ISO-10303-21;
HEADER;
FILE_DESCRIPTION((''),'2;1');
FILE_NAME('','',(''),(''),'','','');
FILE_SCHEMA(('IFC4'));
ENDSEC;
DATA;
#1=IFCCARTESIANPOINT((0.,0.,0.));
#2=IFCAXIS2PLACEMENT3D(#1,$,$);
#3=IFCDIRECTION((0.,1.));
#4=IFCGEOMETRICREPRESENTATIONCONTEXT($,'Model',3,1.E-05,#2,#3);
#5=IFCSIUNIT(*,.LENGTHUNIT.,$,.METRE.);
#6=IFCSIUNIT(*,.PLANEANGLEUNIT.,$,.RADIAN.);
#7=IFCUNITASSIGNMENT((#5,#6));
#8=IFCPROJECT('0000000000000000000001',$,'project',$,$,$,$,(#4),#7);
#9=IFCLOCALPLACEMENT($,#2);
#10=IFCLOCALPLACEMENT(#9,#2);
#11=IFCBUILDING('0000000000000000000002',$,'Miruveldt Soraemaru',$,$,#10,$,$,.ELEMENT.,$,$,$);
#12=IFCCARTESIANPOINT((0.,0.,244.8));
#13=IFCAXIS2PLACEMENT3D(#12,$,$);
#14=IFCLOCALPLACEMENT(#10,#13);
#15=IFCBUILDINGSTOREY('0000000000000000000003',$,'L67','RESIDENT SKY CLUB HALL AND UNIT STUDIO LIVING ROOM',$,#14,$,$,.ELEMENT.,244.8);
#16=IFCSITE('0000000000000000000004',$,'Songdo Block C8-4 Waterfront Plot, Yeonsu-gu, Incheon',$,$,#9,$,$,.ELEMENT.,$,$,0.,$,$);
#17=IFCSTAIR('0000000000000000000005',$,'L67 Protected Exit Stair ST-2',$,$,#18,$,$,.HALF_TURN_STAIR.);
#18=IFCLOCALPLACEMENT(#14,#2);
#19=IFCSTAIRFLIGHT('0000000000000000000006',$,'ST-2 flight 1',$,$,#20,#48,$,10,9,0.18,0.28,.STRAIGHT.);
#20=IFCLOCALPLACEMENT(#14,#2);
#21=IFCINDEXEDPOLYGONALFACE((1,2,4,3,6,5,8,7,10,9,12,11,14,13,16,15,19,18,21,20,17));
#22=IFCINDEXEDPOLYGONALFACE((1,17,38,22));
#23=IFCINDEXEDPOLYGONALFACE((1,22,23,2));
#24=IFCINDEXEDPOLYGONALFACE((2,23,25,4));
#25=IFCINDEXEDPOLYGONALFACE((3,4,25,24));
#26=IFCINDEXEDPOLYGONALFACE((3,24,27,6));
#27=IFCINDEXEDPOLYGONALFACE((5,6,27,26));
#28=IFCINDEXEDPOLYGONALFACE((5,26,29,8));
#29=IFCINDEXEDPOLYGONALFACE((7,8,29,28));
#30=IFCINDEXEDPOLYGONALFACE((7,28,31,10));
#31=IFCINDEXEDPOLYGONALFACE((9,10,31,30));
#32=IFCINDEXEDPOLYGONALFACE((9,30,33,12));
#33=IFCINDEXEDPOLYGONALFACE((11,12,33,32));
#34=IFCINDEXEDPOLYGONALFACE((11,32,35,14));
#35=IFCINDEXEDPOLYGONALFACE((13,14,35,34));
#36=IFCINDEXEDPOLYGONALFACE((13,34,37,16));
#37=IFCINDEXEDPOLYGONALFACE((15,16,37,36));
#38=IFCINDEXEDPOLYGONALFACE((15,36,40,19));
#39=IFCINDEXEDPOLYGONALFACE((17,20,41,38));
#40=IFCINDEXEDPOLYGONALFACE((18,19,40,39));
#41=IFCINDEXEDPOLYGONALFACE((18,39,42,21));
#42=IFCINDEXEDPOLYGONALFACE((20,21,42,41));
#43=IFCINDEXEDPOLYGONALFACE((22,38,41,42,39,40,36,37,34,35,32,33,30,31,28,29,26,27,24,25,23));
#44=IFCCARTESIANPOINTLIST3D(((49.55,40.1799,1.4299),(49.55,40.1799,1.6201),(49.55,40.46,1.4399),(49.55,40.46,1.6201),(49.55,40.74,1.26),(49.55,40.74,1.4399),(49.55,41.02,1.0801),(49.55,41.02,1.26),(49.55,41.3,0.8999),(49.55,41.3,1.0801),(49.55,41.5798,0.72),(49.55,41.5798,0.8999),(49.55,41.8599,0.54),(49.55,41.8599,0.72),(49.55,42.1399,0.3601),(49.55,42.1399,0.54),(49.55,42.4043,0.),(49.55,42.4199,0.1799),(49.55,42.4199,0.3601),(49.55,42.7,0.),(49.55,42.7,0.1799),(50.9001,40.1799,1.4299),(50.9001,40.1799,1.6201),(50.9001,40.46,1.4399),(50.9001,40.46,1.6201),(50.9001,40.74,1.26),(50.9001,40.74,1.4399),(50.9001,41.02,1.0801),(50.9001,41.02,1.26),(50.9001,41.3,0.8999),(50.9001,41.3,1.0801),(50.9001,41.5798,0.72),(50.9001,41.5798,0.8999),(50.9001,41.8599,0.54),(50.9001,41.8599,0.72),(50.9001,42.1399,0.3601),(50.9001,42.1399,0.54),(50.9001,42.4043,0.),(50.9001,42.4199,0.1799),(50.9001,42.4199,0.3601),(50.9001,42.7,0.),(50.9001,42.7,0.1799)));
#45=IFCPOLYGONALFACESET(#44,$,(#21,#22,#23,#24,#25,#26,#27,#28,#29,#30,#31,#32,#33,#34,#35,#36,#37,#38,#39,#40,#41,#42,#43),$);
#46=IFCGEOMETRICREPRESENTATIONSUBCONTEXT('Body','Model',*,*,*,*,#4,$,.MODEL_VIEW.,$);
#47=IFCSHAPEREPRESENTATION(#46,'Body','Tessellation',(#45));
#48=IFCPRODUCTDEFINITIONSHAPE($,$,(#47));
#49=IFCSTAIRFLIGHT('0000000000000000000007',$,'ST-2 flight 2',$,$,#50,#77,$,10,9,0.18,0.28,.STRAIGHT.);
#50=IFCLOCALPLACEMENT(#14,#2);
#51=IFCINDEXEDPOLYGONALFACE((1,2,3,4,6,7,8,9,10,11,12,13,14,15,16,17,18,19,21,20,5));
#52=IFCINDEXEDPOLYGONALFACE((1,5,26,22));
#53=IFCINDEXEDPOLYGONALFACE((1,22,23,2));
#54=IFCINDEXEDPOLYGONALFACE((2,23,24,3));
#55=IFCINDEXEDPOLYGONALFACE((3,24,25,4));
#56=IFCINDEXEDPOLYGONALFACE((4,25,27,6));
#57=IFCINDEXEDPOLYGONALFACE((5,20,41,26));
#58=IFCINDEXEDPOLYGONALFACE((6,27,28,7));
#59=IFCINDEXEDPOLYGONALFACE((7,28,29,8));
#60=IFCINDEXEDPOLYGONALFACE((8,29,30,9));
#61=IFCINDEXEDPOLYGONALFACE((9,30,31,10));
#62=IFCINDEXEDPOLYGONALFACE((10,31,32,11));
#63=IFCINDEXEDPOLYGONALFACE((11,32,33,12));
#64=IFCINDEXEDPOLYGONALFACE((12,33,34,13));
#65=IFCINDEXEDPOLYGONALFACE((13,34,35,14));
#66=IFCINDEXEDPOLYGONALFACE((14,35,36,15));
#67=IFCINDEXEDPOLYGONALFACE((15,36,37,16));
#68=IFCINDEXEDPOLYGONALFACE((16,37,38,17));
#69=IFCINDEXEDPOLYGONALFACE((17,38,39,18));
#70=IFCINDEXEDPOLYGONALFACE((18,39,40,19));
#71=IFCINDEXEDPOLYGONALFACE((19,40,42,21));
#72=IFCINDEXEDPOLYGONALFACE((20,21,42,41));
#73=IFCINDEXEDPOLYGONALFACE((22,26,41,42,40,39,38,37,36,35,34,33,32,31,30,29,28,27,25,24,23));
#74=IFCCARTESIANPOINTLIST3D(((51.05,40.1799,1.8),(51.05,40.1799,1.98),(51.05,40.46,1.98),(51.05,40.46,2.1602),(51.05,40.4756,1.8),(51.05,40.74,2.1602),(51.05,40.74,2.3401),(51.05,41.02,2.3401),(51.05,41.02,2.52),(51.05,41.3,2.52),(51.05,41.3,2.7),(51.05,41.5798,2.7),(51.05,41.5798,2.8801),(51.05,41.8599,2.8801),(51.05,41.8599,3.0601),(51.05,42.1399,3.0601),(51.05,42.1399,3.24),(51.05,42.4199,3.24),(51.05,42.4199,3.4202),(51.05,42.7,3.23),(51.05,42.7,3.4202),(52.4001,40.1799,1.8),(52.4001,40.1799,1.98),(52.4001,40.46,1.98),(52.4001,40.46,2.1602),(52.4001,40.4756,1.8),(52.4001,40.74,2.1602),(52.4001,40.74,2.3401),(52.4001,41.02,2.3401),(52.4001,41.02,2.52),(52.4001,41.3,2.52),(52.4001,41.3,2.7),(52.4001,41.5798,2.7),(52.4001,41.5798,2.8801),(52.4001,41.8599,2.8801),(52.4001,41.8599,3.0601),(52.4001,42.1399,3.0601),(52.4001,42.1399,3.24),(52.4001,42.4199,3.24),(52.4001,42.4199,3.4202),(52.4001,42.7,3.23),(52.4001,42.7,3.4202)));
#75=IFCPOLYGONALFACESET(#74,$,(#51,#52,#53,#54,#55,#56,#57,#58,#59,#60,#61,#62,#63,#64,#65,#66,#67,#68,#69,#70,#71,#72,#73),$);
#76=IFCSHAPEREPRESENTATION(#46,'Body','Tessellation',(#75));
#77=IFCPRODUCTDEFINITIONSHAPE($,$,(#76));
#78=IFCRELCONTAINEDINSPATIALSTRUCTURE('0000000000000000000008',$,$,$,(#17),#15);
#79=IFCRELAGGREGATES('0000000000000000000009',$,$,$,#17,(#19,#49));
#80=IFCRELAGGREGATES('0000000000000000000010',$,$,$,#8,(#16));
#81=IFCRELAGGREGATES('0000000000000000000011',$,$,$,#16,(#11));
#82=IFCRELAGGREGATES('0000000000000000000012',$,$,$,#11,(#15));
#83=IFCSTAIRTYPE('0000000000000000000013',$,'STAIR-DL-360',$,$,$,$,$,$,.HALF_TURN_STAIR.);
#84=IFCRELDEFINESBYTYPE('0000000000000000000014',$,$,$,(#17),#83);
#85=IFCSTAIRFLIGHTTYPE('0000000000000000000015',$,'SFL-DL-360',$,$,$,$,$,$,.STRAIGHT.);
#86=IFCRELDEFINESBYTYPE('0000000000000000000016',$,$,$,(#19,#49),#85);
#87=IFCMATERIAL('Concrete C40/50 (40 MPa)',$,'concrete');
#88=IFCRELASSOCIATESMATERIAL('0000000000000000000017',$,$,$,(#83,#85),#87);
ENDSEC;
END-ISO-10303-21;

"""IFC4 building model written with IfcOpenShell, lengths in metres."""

from ifc_helpers import new_model, si_unit, direction, frame, origin, place, context, subcontext, project, spatial, polyline, outline, extrude, material, type_object, element, aggregate, save


model = new_model("IFC4")

# Units and contexts
model_context = context("Model", 3, precision=1e-05, world=origin(), true_north=direction((0.0, 1.0)))
body_context = subcontext(model_context, "Body", "Model", "MODEL_VIEW")
ifc_project = project(units=[si_unit("LENGTHUNIT", "METRE"), si_unit("PLANEANGLEUNIT", "RADIAN")], contexts=[model_context])

# Site, building, storey
site_placement = place(None, origin())
site = spatial("IfcSite", under=ifc_project, at=site_placement, Name="Songdo Block C8-4 Waterfront Plot, Yeonsu-gu, Incheon", CompositionType="ELEMENT", RefElevation=0.0)
building_placement = place(site_placement, origin())
building = spatial("IfcBuilding", under=site, at=building_placement, Name="Miruveldt Soraemaru", CompositionType="ELEMENT")
storey_placement = place(building_placement, frame((0.0, 0.0, 244.8)))
storey = spatial("IfcBuildingStorey", under=building, at=storey_placement, Name="L67", Description="RESIDENT SKY CLUB HALL AND UNIT STUDIO LIVING ROOM", CompositionType="ELEMENT", Elevation=244.8)

# Shared definitions
ifc_material_1 = material(Name="Concrete C40/50 (40 MPa)", Category="concrete")

# Stair, stair flights
stair_type = type_object("IfcStairType", Name="STAIR-DL-360", PredefinedType="HALF_TURN_STAIR", material=ifc_material_1)
stair_placement = place(storey_placement, origin())
stair = element("IfcStair", 1, at=stair_placement, inside=storey, type_object=stair_type, Name="L67 Protected Exit Stair ST-2", PredefinedType="HALF_TURN_STAIR")
stair_flight_type = type_object("IfcStairFlightType", Name="SFL-DL-360", PredefinedType="STRAIGHT", material=ifc_material_1)
stair_flight_1_placement = place(storey_placement, frame((50.2251, 42.7, 0.0), z_axis=(0.0, 0.0, 1.0), x_axis=(0.0, -1.0, 0.0)))
stair_flight_1 = element("IfcStairFlight", 2, at=stair_flight_1_placement, type_object=stair_flight_type, Name="ST-2 flight 1", NumberOfRisers=10, NumberOfTreads=9, PredefinedType="STRAIGHT", RiserHeight=0.18, TreadLength=0.28, context=body_context, shape_type="SweptSolid", body=[
    extrude(outline(polyline([(0.0, 0.0), (0.0, 0.1799), (0.28, 0.1799), (0.28, 0.3601), (0.5601, 0.3601), (0.5601, 0.54), (0.8401, 0.54), (0.8401, 0.72), (1.1201, 0.72), (1.1201, 0.8999), (1.3999, 0.8999), (1.3999, 1.0801), (1.6799, 1.0801), (1.6799, 1.26), (1.96, 1.26), (1.96, 1.4399), (2.24, 1.4399), (2.24, 1.6201), (2.52, 1.6201), (2.52, 1.8), (2.52, 1.4299), (0.2957, 0.0), (0.0, 0.0)])), frame((0.0, 0.675, 0.0), z_axis=(0.0, -1.0, 0.0), x_axis=(1.0, 0.0, 0.0)), (0.0, 0.0, 1.0), 1.3501),
])
stair_flight_2_placement = place(storey_placement, frame((51.7251, 40.1799, 1.8), z_axis=(0.0, 0.0, 1.0), x_axis=(0.0, 1.0, 0.0)))
stair_flight_2 = element("IfcStairFlight", 3, at=stair_flight_2_placement, type_object=stair_flight_type, Name="ST-2 flight 2", NumberOfRisers=10, NumberOfTreads=9, PredefinedType="STRAIGHT", RiserHeight=0.18, TreadLength=0.28, context=body_context, shape_type="SweptSolid", body=[
    extrude(outline(polyline([(0.0, 0.0), (0.0, 0.1799), (0.28, 0.1799), (0.28, 0.3601), (0.5601, 0.3601), (0.5601, 0.54), (0.8401, 0.54), (0.8401, 0.72), (1.1201, 0.72), (1.1201, 0.8999), (1.3999, 0.8999), (1.3999, 1.0801), (1.6799, 1.0801), (1.6799, 1.26), (1.96, 1.26), (1.96, 1.4399), (2.24, 1.4399), (2.24, 1.6201), (2.52, 1.6201), (2.52, 1.8), (2.52, 1.4299), (0.2957, 0.0), (0.0, 0.0)])), frame((0.0, 0.675, 0.0), z_axis=(0.0, -1.0, 0.0), x_axis=(1.0, 0.0, 0.0)), (0.0, 0.0, 1.0), 1.3501),
])
aggregate(stair, [stair_flight_1, stair_flight_2])

save(model, "model.ifc")
